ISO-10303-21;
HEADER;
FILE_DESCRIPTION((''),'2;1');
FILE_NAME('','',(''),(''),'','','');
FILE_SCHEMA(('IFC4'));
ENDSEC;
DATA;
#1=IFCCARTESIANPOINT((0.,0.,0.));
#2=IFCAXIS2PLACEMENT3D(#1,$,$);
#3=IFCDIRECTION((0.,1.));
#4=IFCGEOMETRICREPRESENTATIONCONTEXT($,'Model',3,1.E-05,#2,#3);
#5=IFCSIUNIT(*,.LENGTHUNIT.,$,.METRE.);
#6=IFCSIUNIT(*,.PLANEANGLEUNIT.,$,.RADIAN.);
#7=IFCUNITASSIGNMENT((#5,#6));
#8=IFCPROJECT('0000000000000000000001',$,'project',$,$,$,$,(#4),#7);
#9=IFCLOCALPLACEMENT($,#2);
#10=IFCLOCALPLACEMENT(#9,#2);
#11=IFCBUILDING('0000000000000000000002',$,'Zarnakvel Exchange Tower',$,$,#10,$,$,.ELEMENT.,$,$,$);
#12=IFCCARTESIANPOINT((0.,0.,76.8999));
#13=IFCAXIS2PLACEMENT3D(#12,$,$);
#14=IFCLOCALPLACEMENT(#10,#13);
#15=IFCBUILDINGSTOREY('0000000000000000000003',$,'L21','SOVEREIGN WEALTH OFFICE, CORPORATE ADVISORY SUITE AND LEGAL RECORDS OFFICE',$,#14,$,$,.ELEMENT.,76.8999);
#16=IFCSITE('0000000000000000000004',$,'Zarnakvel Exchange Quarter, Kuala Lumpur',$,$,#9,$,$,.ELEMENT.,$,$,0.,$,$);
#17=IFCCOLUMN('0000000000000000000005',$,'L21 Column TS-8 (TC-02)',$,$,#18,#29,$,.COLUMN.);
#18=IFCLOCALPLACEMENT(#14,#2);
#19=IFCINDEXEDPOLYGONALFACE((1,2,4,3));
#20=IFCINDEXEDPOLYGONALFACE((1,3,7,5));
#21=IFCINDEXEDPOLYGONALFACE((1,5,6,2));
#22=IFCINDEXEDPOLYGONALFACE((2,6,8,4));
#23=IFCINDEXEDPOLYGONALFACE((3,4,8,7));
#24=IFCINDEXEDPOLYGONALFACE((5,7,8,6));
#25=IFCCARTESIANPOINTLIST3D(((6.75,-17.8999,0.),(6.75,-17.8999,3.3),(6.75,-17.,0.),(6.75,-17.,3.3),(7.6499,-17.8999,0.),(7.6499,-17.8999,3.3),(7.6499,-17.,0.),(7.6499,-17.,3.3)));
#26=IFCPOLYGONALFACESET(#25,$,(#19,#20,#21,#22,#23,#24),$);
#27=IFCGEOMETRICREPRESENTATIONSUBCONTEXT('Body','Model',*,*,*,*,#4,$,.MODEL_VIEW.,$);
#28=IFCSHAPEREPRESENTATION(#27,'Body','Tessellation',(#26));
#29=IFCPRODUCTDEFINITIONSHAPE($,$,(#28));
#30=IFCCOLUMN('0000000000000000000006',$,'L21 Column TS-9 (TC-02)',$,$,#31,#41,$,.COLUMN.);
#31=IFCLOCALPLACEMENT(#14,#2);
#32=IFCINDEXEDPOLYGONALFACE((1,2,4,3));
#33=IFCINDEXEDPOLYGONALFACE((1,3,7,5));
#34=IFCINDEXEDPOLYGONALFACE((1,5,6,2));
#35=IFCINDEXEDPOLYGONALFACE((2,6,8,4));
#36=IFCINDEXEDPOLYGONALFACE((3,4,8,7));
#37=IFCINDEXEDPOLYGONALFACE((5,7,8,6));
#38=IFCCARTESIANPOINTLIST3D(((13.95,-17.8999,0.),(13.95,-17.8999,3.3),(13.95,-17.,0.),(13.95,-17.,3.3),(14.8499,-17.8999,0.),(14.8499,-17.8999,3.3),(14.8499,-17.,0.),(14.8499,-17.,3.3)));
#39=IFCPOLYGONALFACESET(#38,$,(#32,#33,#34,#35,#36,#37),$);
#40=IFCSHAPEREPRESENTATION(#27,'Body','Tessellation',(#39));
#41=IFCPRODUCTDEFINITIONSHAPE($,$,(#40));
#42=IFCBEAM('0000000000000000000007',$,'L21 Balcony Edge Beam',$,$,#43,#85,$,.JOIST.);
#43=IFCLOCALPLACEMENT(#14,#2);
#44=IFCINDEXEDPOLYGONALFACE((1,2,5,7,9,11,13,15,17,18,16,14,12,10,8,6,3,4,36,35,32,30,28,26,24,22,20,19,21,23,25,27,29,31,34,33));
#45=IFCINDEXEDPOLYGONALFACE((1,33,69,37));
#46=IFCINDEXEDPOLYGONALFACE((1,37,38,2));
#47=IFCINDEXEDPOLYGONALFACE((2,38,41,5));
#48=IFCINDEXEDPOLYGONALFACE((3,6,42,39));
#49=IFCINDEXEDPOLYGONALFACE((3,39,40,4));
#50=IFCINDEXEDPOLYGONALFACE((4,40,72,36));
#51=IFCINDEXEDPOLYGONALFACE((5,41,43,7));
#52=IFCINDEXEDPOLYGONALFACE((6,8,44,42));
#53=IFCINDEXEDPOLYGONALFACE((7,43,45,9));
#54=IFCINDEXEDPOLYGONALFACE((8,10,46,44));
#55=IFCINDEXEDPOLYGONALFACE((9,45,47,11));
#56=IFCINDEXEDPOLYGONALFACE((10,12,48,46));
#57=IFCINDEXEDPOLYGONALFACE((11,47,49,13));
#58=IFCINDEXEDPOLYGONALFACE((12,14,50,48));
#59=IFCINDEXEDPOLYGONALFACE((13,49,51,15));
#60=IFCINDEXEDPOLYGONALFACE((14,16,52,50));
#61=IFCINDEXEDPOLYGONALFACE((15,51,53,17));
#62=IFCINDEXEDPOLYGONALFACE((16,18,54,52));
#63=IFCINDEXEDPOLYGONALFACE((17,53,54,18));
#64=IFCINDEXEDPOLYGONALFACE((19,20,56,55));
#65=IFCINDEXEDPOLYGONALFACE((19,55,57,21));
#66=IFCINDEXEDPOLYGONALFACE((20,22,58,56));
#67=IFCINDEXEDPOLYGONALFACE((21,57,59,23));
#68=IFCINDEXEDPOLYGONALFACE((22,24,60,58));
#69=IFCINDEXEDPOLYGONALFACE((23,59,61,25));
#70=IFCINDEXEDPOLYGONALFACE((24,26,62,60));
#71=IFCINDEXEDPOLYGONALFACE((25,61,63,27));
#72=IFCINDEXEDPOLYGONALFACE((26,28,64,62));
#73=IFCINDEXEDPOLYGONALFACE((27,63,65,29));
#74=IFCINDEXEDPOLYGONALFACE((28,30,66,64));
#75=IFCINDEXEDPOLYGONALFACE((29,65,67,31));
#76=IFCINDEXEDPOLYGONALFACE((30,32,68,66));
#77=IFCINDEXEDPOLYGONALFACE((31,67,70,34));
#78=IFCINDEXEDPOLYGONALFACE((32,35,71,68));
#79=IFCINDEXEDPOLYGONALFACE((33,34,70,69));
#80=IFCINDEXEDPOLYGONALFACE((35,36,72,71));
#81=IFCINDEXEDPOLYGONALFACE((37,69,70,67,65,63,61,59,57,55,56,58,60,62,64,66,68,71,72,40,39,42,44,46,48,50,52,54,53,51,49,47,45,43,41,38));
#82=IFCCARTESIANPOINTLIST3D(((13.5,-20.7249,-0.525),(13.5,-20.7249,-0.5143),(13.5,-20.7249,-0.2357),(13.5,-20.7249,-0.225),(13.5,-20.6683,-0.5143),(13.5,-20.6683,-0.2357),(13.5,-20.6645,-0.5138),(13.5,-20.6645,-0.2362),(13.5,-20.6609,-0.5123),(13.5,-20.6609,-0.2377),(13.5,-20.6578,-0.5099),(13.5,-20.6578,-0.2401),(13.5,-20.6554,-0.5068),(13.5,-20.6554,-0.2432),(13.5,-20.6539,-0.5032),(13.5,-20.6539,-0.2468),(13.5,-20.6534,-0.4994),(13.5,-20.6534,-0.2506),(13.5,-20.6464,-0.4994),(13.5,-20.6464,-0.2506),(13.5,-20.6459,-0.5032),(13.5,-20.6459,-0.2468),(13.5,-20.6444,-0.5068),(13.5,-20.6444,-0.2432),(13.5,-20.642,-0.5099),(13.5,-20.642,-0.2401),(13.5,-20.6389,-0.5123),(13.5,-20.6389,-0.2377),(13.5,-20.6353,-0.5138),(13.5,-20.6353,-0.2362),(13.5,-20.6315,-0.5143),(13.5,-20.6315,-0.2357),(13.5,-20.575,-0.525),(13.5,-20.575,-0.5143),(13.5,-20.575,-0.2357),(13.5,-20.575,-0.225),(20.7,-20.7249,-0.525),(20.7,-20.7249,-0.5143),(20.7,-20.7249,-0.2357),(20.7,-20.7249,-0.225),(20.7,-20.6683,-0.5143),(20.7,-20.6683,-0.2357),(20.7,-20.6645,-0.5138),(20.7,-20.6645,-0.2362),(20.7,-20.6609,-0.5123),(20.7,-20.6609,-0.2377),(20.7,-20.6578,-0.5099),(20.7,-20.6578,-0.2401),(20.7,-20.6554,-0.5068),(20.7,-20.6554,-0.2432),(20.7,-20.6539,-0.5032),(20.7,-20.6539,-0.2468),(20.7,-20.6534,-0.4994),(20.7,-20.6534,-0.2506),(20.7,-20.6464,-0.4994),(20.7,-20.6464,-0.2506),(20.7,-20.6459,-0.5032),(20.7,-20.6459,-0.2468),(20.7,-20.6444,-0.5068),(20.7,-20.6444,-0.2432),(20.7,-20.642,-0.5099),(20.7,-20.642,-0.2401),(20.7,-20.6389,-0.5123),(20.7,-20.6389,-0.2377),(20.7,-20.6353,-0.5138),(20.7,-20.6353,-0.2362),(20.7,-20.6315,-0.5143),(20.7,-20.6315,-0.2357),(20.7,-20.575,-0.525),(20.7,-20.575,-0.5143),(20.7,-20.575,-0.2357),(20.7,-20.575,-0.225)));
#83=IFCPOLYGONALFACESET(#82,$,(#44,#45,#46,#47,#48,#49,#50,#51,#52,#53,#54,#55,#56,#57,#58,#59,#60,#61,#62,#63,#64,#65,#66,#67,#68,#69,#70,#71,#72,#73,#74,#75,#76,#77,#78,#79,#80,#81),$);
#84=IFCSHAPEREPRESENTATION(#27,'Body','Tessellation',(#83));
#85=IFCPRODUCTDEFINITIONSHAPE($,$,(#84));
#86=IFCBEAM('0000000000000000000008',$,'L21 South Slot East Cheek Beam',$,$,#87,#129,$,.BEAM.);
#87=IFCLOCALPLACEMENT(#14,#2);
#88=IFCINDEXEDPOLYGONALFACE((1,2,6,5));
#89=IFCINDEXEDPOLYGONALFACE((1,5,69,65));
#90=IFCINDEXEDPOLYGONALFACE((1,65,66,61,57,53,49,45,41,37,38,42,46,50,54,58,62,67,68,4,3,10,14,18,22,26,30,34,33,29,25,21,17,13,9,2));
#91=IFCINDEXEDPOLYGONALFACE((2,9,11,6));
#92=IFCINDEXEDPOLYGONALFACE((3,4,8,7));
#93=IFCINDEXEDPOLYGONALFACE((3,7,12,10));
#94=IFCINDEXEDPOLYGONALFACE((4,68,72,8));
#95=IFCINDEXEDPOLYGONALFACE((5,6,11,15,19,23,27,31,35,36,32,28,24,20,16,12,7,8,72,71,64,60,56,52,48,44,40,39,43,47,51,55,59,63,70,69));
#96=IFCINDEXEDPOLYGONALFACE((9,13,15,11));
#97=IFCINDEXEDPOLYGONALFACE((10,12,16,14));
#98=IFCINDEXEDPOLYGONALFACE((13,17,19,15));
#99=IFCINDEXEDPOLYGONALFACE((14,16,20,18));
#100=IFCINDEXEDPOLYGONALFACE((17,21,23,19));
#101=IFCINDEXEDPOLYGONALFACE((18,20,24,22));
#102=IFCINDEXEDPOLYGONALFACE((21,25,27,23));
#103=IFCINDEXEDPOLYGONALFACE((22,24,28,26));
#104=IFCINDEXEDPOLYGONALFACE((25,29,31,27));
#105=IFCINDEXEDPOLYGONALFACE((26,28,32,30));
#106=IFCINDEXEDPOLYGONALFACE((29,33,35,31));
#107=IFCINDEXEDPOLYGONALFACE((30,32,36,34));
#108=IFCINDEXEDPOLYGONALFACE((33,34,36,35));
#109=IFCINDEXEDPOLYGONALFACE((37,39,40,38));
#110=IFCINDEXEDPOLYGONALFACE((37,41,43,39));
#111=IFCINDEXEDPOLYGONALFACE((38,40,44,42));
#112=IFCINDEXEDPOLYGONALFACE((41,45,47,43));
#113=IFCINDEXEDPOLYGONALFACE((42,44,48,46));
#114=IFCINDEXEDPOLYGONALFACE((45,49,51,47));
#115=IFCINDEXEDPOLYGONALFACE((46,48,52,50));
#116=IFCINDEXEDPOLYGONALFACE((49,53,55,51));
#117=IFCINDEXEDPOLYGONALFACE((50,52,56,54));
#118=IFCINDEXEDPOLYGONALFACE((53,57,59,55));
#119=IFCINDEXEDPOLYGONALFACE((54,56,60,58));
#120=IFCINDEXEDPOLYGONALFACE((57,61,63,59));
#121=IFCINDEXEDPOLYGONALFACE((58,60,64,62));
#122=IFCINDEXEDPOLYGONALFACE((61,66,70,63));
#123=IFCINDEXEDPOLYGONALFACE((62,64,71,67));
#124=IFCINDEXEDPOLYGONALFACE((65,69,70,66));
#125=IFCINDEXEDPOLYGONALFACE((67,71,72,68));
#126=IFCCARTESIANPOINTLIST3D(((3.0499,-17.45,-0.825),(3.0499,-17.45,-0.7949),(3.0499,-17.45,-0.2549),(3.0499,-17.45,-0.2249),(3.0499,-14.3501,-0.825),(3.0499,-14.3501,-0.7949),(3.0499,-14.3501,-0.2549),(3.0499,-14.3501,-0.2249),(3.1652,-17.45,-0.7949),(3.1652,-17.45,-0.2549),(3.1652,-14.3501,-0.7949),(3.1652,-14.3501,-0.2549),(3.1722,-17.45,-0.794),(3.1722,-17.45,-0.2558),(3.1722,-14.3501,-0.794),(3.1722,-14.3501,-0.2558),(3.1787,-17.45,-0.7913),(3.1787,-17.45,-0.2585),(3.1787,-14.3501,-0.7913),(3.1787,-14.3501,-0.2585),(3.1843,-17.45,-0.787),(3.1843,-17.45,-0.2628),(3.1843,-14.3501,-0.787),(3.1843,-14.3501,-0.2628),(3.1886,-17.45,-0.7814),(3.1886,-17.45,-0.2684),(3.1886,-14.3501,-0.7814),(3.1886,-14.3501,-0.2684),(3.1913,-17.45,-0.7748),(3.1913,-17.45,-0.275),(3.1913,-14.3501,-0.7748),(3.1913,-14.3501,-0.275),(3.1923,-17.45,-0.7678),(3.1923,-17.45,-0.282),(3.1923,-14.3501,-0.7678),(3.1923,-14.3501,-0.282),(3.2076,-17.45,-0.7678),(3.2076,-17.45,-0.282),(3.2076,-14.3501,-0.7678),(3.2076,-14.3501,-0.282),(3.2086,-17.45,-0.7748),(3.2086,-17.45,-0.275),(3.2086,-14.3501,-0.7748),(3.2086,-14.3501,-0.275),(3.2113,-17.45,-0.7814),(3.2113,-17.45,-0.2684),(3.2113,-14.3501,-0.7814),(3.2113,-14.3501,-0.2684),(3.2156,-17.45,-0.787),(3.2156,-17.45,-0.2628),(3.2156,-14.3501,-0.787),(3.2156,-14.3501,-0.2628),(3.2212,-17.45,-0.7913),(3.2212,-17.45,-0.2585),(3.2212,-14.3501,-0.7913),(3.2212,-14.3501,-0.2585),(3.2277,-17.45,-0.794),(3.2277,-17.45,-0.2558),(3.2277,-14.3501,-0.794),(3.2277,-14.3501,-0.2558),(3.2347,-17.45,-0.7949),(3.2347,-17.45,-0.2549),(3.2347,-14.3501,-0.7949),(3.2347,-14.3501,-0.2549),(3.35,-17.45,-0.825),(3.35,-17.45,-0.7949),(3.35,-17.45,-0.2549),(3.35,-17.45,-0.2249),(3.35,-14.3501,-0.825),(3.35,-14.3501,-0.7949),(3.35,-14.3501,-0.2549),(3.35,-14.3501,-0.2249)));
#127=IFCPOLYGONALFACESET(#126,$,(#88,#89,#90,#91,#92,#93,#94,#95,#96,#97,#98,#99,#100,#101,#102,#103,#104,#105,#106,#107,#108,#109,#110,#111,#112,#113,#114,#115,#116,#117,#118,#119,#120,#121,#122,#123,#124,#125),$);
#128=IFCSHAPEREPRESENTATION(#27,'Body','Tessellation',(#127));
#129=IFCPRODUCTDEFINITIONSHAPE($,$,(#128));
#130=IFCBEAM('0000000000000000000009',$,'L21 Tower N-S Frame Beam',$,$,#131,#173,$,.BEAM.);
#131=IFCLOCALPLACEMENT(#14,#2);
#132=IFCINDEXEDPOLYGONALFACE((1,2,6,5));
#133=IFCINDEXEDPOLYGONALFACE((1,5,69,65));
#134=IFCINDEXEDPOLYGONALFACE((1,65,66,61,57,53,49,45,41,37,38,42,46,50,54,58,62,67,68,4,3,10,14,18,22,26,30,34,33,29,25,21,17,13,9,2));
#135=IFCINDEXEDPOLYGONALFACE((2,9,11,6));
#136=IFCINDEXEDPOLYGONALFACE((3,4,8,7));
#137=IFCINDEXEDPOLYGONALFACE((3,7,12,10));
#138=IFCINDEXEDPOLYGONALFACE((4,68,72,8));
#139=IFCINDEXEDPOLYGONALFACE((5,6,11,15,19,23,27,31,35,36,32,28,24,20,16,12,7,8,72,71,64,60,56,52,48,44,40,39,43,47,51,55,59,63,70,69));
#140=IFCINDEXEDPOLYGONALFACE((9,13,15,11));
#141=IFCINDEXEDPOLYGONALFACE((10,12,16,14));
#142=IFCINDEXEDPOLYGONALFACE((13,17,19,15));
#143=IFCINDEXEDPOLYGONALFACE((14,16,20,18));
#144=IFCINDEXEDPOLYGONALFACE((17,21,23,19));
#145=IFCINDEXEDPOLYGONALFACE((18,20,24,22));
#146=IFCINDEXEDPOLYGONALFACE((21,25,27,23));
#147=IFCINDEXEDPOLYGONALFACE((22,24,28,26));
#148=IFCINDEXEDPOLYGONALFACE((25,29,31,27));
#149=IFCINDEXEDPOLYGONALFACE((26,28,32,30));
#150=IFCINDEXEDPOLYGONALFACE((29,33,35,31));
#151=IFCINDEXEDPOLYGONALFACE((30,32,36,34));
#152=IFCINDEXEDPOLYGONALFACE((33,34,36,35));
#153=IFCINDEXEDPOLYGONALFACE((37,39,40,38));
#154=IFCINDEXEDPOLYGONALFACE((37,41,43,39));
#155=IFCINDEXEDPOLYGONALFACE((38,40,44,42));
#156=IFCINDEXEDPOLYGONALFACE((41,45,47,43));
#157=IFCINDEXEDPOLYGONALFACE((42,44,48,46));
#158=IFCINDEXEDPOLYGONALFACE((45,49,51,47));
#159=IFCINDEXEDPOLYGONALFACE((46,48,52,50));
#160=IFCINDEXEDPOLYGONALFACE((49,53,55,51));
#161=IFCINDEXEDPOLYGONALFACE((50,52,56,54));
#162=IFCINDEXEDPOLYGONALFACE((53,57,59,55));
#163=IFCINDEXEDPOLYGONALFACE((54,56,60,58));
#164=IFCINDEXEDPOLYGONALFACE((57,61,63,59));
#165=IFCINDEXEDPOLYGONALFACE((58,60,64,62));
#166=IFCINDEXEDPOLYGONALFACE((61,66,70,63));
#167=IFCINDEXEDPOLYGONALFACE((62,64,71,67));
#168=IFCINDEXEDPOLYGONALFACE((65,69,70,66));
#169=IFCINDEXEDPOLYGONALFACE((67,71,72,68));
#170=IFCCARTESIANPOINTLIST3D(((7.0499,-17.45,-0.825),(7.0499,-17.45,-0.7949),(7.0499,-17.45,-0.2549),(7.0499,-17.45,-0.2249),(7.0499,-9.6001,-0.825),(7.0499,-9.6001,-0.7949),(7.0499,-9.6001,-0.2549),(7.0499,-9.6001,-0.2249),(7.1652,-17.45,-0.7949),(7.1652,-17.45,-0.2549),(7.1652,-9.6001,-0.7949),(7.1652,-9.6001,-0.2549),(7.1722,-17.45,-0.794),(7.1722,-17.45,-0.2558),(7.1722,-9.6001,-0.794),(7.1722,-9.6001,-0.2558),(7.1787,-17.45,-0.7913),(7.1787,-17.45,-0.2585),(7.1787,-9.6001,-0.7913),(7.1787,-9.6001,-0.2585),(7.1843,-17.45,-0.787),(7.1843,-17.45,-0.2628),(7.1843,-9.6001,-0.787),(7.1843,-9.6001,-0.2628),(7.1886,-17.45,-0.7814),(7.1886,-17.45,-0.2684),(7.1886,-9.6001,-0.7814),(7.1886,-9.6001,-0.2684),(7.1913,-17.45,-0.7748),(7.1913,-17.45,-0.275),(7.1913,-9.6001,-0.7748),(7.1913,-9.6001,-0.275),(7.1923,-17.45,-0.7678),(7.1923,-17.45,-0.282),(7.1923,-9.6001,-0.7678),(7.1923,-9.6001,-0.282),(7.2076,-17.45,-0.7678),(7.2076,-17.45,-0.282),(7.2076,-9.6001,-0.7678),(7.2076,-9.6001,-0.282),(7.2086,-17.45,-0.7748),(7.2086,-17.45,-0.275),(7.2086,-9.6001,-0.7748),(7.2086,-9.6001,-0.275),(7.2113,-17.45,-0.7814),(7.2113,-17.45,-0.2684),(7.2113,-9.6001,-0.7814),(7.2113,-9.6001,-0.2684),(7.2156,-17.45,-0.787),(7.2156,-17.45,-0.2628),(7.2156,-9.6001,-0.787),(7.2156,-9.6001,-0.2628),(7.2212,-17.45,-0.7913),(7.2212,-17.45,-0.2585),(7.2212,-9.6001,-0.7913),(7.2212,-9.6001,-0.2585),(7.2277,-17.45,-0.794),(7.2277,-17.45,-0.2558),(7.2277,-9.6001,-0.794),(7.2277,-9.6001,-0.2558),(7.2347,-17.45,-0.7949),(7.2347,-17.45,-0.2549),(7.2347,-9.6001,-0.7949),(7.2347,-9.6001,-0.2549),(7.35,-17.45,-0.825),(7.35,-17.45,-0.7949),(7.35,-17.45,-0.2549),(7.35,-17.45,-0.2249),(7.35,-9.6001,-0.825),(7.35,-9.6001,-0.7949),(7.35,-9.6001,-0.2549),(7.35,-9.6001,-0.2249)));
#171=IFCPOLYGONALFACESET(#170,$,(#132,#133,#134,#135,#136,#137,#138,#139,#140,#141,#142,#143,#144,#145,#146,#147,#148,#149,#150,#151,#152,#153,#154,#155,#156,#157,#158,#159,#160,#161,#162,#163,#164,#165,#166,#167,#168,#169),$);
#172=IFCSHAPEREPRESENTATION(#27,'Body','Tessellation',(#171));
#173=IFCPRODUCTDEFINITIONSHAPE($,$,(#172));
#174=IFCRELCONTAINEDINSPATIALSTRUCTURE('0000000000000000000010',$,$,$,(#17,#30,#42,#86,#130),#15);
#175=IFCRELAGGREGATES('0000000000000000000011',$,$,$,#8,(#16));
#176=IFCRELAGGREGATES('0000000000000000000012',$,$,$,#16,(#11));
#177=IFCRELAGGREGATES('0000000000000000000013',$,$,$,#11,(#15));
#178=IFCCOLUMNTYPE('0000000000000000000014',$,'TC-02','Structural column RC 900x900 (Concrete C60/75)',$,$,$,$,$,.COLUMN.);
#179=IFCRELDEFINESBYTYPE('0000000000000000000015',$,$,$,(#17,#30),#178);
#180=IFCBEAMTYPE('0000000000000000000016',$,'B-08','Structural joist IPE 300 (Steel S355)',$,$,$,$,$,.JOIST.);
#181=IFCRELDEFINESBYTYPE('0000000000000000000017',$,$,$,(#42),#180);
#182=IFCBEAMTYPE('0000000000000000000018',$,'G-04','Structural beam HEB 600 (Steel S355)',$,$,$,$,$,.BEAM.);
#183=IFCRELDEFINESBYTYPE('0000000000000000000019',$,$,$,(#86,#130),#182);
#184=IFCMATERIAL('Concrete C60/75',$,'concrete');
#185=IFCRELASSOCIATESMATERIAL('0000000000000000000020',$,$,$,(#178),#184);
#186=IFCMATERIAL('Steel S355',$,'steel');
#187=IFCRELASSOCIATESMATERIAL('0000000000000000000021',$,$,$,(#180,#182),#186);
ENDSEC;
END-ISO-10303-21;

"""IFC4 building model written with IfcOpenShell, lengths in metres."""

from ifc_helpers import new_model, si_unit, direction, frame, origin, origin_2d, place, context, subcontext, project, spatial, rectangle, i_section, extrude, material, material_profile, profile_set, type_object, element, save


model = new_model("IFC4")

# Units and contexts
model_context = context("Model", 3, precision=1e-05, world=origin(), true_north=direction((0.0, 1.0)))
body_context = subcontext(model_context, "Body", "Model", "MODEL_VIEW")
ifc_project = project(units=[si_unit("LENGTHUNIT", "METRE"), si_unit("PLANEANGLEUNIT", "RADIAN")], contexts=[model_context])

# Site, building, storey
site_placement = place(None, origin())
site = spatial("IfcSite", under=ifc_project, at=site_placement, Name="Zarnakvel Exchange Quarter, Kuala Lumpur", CompositionType="ELEMENT", RefElevation=0.0)
building_placement = place(site_placement, origin())
building = spatial("IfcBuilding", under=site, at=building_placement, Name="Zarnakvel Exchange Tower", CompositionType="ELEMENT")
storey_placement = place(building_placement, frame((0.0, 0.0, 76.8999)))
storey = spatial("IfcBuildingStorey", under=building, at=storey_placement, Name="L21", Description="SOVEREIGN WEALTH OFFICE, CORPORATE ADVISORY SUITE AND LEGAL RECORDS OFFICE", CompositionType="ELEMENT", Elevation=76.8999)

# Columns
ifc_material_1 = material(Name="Concrete C60/75", Category="concrete")
ifc_material_profile_1 = material_profile(ifc_material_1, rectangle(XDim=0.8999, YDim=0.8999, at=origin_2d()))
ifc_profile_set_1 = profile_set([ifc_material_profile_1], Name="Concrete C60/75")
column_type = type_object("IfcColumnType", Name="TC-02", Description="Structural column RC 900x900 (Concrete C60/75)", PredefinedType="COLUMN", material=ifc_profile_set_1)
for number, where, z_axis, x_axis, name in (
    (1, (7.2, -17.45, 0.0), (0.0, 0.0, 1.0), (1.0, 0.0, 0.0), "L21 Column TS-8 (TC-02)"),
    (2, (14.3999, -17.45, 0.0), (0.0, 0.0, 1.0), (1.0, 0.0, 0.0), "L21 Column TS-9 (TC-02)"),
):
    element("IfcColumn", number, at=place(storey_placement, frame(where, z_axis=z_axis, x_axis=x_axis)), inside=storey, type_object=column_type, Name=name, PredefinedType="COLUMN", context=body_context, shape_type="SweptSolid", body=[
        extrude(rectangle(XDim=0.8999, YDim=0.8999, at=origin_2d()), origin(), (0.0, 0.0, 1.0), 3.3),
    ])

# Beams
ifc_material_2 = material(Name="Steel S355", Category="steel")
ifc_material_profile_2 = material_profile(ifc_material_2, i_section(OverallWidth=0.1499, OverallDepth=0.3, WebThickness=0.0071, FlangeThickness=0.0107, FilletRadius=0.0149, at=origin_2d()))
ifc_profile_set_2 = profile_set([ifc_material_profile_2], Name="Steel S355")
beam_type_1 = type_object("IfcBeamType", Name="B-08", Description="Structural joist IPE 300 (Steel S355)", PredefinedType="JOIST", material=ifc_profile_set_2)
beam_1_placement = place(storey_placement, frame((13.5, -20.6499, -0.375), z_axis=(1.0, 0.0, 0.0), x_axis=(0.0, 1.0, 0.0)))
element("IfcBeam", 3, at=beam_1_placement, inside=storey, type_object=beam_type_1, Name="L21 Balcony Edge Beam", PredefinedType="JOIST", context=body_context, shape_type="SweptSolid", body=[
    extrude(i_section(OverallWidth=0.1499, OverallDepth=0.3, WebThickness=0.0071, FlangeThickness=0.0107, FilletRadius=0.0149, at=origin_2d()), origin(), (0.0, 0.0, 1.0), 7.2),
])
ifc_material_profile_3 = material_profile(ifc_material_2, i_section(OverallWidth=0.3, OverallDepth=0.6001, WebThickness=0.0154, FlangeThickness=0.03, FilletRadius=0.0271, at=origin_2d()))
ifc_profile_set_3 = profile_set([ifc_material_profile_3], Name="Steel S355")
beam_type_2 = type_object("IfcBeamType", Name="G-04", Description="Structural beam HEB 600 (Steel S355)", PredefinedType="BEAM", material=ifc_profile_set_3)
beam_2_placement = place(storey_placement, frame((3.2, -17.45, -0.5249), z_axis=(0.0, 1.0, 0.0), x_axis=(-1.0, 0.0, 0.0)))
element("IfcBeam", 4, at=beam_2_placement, inside=storey, type_object=beam_type_2, Name="L21 South Slot East Cheek Beam", PredefinedType="BEAM", context=body_context, shape_type="SweptSolid", body=[
    extrude(i_section(OverallWidth=0.3, OverallDepth=0.6001, WebThickness=0.0154, FlangeThickness=0.03, FilletRadius=0.0271, at=origin_2d()), origin(), (0.0, 0.0, 1.0), 3.0999),
])
for number, where, z_axis, x_axis, name in (
    (5, (7.2, -17.45, -0.5249), (0.0, 1.0, 0.0), (-1.0, 0.0, 0.0), "L21 Tower N-S Frame Beam"),
):
    element("IfcBeam", number, at=place(storey_placement, frame(where, z_axis=z_axis, x_axis=x_axis)), inside=storey, type_object=beam_type_2, Name=name, PredefinedType="BEAM", context=body_context, shape_type="SweptSolid", body=[
        extrude(i_section(OverallWidth=0.3, OverallDepth=0.6001, WebThickness=0.0154, FlangeThickness=0.03, FilletRadius=0.0271, at=origin_2d()), origin(), (0.0, 0.0, 1.0), 7.8499),
    ])

save(model, "model.ifc")
